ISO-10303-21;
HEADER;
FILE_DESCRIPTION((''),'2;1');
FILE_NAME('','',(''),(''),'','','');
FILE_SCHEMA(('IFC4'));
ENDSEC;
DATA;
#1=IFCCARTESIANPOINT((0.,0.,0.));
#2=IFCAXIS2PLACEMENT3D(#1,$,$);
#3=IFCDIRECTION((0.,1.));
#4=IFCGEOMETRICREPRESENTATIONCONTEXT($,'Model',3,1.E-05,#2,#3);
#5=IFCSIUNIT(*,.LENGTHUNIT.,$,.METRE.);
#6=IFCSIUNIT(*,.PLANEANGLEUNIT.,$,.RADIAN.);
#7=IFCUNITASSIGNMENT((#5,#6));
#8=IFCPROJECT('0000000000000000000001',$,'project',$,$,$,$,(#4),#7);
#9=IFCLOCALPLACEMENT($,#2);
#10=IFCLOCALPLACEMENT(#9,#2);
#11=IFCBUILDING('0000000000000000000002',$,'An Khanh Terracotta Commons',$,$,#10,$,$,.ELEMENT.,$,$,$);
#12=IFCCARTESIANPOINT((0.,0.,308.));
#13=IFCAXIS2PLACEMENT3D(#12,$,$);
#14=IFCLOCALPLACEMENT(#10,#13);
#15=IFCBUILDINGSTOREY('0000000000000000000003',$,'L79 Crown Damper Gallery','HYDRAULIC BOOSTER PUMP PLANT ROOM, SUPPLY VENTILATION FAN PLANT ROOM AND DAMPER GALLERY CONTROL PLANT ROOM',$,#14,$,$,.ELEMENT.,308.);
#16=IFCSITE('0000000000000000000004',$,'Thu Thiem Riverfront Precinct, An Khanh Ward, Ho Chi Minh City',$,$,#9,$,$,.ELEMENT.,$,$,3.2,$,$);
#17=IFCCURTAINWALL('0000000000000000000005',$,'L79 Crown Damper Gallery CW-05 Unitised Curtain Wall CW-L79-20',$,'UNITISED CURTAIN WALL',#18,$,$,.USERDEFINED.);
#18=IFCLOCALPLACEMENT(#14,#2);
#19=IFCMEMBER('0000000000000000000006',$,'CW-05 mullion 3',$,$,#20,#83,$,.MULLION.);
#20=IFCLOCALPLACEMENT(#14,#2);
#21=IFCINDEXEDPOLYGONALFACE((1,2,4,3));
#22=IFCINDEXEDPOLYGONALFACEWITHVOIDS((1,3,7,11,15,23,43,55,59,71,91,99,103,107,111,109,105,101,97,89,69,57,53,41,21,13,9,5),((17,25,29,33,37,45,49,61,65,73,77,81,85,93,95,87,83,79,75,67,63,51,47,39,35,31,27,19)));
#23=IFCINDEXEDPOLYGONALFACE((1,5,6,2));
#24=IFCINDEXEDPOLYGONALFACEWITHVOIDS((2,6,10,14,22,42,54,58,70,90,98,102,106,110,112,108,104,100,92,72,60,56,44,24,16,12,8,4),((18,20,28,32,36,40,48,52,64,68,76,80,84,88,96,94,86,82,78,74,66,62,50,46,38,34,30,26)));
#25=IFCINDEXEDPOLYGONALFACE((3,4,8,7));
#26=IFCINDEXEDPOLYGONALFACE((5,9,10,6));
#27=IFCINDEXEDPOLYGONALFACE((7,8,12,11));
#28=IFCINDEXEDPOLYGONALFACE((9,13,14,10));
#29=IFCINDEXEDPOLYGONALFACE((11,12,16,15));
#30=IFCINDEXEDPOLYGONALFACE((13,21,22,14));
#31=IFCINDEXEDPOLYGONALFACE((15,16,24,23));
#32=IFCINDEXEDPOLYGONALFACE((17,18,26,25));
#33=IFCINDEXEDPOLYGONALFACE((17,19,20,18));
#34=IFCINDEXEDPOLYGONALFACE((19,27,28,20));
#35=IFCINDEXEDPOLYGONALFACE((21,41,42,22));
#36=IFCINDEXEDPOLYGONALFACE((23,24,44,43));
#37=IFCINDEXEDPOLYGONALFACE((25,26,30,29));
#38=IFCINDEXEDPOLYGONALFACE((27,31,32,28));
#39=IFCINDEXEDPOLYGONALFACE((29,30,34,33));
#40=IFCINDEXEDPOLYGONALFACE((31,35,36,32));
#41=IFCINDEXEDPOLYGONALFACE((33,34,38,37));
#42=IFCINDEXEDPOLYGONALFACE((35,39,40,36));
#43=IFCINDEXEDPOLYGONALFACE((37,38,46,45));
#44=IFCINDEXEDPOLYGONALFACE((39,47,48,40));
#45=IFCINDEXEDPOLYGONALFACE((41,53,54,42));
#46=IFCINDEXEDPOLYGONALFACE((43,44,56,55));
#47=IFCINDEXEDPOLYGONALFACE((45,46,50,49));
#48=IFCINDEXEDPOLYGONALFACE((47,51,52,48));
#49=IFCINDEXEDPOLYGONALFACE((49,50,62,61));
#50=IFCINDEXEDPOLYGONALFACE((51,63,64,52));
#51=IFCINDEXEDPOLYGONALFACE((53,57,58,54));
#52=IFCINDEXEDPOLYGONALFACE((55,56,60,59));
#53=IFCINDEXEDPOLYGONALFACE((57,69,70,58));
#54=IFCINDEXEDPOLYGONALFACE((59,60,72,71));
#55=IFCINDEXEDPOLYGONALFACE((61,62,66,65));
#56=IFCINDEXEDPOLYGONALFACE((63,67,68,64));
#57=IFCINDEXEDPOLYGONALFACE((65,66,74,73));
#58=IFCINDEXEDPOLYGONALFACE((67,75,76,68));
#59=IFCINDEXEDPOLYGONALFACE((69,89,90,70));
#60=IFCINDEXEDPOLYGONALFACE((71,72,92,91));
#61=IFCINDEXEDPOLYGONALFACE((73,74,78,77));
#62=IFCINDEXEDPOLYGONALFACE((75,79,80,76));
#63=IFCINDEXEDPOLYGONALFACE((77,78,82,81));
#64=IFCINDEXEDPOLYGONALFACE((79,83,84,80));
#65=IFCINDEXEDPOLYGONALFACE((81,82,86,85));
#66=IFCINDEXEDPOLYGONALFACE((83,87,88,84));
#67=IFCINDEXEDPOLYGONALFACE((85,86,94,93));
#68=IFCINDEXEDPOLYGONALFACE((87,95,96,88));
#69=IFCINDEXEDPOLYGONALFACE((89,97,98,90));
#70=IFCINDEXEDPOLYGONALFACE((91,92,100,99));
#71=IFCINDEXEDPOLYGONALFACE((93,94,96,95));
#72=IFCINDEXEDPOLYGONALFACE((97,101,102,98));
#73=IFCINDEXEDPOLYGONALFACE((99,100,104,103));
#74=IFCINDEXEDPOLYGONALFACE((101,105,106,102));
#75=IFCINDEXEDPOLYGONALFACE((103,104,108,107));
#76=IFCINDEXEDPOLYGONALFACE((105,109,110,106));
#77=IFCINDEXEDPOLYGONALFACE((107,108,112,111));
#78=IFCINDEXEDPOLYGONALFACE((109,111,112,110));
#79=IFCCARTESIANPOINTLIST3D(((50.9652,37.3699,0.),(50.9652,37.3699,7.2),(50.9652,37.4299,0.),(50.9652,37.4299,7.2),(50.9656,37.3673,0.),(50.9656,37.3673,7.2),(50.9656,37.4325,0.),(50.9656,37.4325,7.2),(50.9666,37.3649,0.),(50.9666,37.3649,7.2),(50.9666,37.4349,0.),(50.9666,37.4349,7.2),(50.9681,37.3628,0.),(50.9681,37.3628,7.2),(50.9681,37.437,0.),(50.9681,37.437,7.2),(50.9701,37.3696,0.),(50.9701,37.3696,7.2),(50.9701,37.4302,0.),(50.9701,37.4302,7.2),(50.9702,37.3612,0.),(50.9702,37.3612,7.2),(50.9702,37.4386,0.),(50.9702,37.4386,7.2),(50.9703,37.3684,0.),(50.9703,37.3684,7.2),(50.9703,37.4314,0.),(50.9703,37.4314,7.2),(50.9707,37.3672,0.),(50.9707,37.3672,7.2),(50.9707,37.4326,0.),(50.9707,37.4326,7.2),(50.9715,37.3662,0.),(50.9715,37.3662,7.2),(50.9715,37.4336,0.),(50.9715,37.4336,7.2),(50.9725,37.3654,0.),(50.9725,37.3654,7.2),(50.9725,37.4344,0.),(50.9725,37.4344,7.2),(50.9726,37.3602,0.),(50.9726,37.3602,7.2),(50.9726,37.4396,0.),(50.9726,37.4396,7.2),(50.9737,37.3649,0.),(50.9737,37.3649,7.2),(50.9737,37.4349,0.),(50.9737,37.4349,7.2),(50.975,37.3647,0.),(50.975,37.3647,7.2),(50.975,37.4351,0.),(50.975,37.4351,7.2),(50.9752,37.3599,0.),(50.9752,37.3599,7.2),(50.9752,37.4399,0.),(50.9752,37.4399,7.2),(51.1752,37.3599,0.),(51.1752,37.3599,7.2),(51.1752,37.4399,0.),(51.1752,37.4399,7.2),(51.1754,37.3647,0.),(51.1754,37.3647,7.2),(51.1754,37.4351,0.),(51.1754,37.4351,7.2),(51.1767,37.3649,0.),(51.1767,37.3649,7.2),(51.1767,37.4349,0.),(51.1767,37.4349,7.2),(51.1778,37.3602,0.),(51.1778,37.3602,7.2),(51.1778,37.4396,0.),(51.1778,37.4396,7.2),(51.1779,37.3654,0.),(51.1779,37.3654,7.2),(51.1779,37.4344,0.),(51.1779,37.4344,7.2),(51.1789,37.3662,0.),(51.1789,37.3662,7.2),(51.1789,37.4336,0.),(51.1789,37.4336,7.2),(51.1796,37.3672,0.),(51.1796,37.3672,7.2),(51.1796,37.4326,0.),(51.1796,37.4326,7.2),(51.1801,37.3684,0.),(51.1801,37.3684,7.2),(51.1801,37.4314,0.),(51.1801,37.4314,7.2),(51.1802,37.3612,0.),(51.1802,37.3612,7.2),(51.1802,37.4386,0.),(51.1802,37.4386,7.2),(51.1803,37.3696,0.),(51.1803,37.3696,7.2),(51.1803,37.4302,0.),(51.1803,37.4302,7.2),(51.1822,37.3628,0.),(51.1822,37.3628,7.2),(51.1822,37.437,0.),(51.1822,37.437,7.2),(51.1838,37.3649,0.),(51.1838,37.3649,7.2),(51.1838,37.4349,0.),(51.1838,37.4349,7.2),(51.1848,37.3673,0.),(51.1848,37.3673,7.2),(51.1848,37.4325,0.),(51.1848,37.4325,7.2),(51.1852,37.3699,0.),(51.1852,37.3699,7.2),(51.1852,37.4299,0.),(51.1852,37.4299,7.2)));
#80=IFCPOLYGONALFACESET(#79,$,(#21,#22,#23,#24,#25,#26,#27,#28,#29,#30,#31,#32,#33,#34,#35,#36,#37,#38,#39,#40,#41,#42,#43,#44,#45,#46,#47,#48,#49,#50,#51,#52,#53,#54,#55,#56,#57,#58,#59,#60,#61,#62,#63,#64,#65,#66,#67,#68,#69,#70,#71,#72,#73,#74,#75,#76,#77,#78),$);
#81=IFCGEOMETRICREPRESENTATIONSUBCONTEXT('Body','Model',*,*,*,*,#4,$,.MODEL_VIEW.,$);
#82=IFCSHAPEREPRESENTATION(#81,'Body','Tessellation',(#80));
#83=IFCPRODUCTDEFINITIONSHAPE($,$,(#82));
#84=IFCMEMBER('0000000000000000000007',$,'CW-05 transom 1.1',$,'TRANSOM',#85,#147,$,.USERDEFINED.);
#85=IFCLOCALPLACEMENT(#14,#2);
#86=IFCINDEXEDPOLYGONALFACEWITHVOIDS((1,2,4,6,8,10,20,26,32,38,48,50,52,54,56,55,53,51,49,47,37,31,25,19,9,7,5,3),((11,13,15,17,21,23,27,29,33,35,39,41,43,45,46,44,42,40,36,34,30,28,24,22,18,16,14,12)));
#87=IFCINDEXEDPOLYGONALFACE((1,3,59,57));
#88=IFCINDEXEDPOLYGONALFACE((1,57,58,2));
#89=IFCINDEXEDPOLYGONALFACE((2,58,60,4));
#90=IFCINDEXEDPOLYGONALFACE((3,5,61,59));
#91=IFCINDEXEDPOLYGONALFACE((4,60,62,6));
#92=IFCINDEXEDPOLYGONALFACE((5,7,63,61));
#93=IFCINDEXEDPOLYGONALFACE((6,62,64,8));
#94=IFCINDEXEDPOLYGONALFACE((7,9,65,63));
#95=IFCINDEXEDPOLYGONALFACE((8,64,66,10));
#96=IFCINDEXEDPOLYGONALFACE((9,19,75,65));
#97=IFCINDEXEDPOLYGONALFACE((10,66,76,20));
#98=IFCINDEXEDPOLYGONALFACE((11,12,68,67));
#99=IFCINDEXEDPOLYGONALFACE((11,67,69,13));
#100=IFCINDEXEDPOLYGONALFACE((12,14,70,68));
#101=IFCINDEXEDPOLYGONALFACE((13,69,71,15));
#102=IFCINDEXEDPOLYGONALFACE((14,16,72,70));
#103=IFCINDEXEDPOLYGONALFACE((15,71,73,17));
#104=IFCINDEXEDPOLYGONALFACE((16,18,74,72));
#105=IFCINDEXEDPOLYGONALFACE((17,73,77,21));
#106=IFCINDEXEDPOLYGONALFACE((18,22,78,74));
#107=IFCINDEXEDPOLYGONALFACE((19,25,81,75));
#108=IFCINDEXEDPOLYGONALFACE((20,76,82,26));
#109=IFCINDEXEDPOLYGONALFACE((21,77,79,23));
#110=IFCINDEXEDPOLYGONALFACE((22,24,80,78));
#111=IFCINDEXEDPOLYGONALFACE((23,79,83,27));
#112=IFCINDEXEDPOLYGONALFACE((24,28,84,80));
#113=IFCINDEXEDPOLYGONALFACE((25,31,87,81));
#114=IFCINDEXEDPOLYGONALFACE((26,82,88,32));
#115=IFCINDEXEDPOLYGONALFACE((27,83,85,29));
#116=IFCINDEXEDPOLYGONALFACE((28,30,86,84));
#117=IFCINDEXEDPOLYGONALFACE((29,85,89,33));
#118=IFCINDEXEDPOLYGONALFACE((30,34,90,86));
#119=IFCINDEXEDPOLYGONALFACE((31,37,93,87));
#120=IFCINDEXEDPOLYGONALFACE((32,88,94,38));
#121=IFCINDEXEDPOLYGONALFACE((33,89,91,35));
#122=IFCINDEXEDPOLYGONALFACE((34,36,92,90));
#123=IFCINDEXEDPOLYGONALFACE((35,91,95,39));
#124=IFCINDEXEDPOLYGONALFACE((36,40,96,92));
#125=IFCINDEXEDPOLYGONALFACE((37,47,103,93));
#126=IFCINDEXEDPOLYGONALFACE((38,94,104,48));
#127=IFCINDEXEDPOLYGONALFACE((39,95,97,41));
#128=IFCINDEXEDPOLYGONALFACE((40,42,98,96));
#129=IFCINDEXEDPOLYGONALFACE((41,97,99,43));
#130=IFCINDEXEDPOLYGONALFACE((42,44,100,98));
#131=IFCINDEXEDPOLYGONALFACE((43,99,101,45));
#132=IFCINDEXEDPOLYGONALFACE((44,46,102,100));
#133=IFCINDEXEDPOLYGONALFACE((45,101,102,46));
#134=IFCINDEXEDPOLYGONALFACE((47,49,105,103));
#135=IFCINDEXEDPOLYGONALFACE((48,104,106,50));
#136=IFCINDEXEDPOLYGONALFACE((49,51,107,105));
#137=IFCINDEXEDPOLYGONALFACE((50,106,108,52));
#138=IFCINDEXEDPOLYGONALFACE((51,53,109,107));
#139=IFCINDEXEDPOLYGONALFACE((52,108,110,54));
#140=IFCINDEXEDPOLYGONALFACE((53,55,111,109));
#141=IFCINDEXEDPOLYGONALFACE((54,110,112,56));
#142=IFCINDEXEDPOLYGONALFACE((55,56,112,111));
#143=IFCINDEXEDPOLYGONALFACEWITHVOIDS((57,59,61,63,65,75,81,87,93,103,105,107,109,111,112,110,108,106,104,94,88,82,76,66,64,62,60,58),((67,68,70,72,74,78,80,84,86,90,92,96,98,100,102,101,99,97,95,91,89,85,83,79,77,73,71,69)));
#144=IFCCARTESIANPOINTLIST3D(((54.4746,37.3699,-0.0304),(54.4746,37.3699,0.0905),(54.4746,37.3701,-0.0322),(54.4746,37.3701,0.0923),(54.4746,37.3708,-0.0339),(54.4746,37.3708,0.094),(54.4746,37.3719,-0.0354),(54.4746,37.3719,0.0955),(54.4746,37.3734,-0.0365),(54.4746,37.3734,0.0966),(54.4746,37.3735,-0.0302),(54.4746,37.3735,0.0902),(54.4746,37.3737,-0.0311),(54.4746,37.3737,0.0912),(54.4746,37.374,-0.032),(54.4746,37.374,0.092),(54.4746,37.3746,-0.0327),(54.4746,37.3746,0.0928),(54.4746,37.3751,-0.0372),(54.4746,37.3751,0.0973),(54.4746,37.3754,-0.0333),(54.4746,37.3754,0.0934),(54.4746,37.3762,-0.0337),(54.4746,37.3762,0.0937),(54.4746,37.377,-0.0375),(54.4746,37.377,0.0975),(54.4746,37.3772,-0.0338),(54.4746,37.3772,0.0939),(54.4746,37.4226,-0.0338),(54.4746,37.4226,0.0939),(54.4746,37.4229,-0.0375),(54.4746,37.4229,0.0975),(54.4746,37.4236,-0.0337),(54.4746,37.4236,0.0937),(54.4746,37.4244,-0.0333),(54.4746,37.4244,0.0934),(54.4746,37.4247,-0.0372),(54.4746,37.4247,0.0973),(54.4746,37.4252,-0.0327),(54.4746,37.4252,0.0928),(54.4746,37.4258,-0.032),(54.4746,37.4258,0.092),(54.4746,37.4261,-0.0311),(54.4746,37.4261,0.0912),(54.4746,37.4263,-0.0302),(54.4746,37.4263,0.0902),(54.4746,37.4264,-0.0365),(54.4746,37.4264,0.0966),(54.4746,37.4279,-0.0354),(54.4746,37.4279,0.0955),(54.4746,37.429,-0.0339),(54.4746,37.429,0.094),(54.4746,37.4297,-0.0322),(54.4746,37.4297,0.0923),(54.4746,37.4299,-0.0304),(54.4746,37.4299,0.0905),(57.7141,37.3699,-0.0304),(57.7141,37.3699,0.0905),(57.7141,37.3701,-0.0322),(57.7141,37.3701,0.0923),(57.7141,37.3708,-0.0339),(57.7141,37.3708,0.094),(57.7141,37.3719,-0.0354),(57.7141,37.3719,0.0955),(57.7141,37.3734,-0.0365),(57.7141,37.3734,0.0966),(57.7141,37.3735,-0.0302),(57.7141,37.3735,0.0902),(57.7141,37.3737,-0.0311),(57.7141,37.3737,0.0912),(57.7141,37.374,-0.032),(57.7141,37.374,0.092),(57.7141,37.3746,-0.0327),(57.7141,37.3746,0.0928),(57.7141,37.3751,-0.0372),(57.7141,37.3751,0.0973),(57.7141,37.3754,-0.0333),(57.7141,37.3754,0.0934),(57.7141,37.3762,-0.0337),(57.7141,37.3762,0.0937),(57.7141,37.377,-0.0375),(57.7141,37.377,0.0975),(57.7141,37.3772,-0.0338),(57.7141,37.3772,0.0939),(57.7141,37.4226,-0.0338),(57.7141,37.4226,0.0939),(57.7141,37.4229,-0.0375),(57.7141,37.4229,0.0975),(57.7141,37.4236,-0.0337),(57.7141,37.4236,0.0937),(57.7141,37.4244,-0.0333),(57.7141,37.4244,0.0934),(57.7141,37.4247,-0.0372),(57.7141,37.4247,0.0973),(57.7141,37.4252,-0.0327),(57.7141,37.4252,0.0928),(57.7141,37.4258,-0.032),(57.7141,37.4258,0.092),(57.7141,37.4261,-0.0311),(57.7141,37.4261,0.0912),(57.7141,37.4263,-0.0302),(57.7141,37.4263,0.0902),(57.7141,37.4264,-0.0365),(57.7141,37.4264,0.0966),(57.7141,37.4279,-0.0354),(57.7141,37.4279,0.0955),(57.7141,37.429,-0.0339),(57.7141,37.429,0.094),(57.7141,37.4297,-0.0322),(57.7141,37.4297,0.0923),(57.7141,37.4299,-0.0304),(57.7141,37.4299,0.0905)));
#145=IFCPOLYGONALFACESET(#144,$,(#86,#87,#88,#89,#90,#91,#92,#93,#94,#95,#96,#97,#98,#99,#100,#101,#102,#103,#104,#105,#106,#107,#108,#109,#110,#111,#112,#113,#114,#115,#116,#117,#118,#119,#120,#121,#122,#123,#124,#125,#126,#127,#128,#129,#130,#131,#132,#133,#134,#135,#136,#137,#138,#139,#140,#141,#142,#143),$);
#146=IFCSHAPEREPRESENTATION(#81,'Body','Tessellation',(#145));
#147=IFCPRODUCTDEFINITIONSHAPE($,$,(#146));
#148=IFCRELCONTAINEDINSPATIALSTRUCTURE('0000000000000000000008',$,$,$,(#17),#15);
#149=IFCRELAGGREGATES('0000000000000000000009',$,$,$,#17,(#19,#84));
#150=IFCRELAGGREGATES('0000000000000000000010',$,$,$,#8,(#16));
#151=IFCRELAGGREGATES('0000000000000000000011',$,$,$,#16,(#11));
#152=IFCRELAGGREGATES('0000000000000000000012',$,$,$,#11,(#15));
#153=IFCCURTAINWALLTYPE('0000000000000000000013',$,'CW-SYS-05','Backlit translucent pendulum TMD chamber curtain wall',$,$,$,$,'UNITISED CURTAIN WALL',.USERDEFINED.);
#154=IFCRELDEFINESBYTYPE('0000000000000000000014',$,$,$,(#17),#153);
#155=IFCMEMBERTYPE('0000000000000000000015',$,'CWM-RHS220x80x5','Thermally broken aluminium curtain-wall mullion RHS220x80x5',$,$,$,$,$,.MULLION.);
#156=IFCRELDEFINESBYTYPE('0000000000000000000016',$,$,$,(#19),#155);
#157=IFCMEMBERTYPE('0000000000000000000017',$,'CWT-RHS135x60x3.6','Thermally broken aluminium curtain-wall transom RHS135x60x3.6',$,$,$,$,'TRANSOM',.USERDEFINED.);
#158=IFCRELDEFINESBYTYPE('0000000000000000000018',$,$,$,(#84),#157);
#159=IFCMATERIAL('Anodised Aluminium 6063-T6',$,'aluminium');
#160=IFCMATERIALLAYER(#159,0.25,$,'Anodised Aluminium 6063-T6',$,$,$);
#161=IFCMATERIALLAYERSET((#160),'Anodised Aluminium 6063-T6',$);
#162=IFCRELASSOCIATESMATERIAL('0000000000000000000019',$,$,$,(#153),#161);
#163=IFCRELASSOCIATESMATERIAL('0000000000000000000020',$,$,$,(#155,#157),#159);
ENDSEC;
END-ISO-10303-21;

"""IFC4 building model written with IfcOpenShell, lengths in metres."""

from ifc_helpers import new_model, si_unit, direction, frame, origin, origin_2d, place, context, subcontext, project, spatial, hollow_rectangle, extrude, material, layer, layer_set, material_profile, profile_set, type_object, element, aggregate, save


model = new_model("IFC4")

# Units and contexts
model_context = context("Model", 3, precision=1e-05, world=origin(), true_north=direction((0.0, 1.0)))
body_context = subcontext(model_context, "Body", "Model", "MODEL_VIEW")
ifc_project = project(units=[si_unit("LENGTHUNIT", "METRE"), si_unit("PLANEANGLEUNIT", "RADIAN")], contexts=[model_context])

# Site, building, storey
site_placement = place(None, origin())
site = spatial("IfcSite", under=ifc_project, at=site_placement, Name="Thu Thiem Riverfront Precinct, An Khanh Ward, Ho Chi Minh City", CompositionType="ELEMENT", RefElevation=3.2)
building_placement = place(site_placement, origin())
building = spatial("IfcBuilding", under=site, at=building_placement, Name="An Khanh Terracotta Commons", CompositionType="ELEMENT")
storey_placement = place(building_placement, frame((0.0, 0.0, 308.0)))
storey = spatial("IfcBuildingStorey", under=building, at=storey_placement, Name="L79 Crown Damper Gallery", Description="HYDRAULIC BOOSTER PUMP PLANT ROOM, SUPPLY VENTILATION FAN PLANT ROOM AND DAMPER GALLERY CONTROL PLANT ROOM", CompositionType="ELEMENT", Elevation=308.0)

# Curtain wall, members
ifc_material_1 = material(Name="Anodised Aluminium 6063-T6", Category="aluminium")
ifc_layer_1 = layer(ifc_material_1, 0.25, Name="Anodised Aluminium 6063-T6")
ifc_layer_set_1 = layer_set([ifc_layer_1], Name="Anodised Aluminium 6063-T6")
curtain_wall_type = type_object("IfcCurtainWallType", Name="CW-SYS-05", Description="Backlit translucent pendulum TMD chamber curtain wall", ElementType="UNITISED CURTAIN WALL", PredefinedType="USERDEFINED", material=ifc_layer_set_1)
curtain_wall_placement = place(storey_placement, origin())
curtain_wall = element("IfcCurtainWall", 1, at=curtain_wall_placement, inside=storey, type_object=curtain_wall_type, Name="L79 Crown Damper Gallery CW-05 Unitised Curtain Wall CW-L79-20", ObjectType="UNITISED CURTAIN WALL", PredefinedType="USERDEFINED")
ifc_material_profile_1 = material_profile(ifc_material_1, hollow_rectangle(XDim=0.0801, YDim=0.22, WallThickness=0.0049, InnerFilletRadius=0.0049, OuterFilletRadius=0.01, at=origin_2d()), Name="RHS220x80x5")
ifc_profile_set_1 = profile_set([ifc_material_profile_1], Name="Anodised Aluminium 6063-T6")
member_type_1 = type_object("IfcMemberType", Name="CWM-RHS220x80x5", Description="Thermally broken aluminium curtain-wall mullion RHS220x80x5", PredefinedType="MULLION", material=ifc_profile_set_1)
member_1_placement = place(storey_placement, frame((51.0752, 37.3999, 0.0), z_axis=(0.0, 0.0, 1.0), x_axis=(0.0, -1.0, 0.0)))
member_1 = element("IfcMember", 2, at=member_1_placement, type_object=member_type_1, Name="CW-05 mullion 3", PredefinedType="MULLION", context=body_context, shape_type="SweptSolid", body=[
    extrude(hollow_rectangle(XDim=0.0801, YDim=0.22, WallThickness=0.0049, InnerFilletRadius=0.0049, OuterFilletRadius=0.01, at=origin_2d()), origin(), (0.0, 0.0, 1.0), 7.2),
])
ifc_material_profile_2 = material_profile(ifc_material_1, hollow_rectangle(XDim=0.0601, YDim=0.135, WallThickness=0.0037, InnerFilletRadius=0.0037, OuterFilletRadius=0.0071, at=origin_2d()), Name="RHS135x60x3.6")
ifc_profile_set_2 = profile_set([ifc_material_profile_2], Name="Anodised Aluminium 6063-T6")
member_type_2 = type_object("IfcMemberType", Name="CWT-RHS135x60x3.6", Description="Thermally broken aluminium curtain-wall transom RHS135x60x3.6", ElementType="TRANSOM", PredefinedType="USERDEFINED", material=ifc_profile_set_2)
member_2_placement = place(storey_placement, frame((57.7141, 37.3999, 0.03), z_axis=(-1.0, 0.0, 0.0), x_axis=(0.0, -1.0, 0.0)))
member_2 = element("IfcMember", 3, at=member_2_placement, type_object=member_type_2, Name="CW-05 transom 1.1", ObjectType="TRANSOM", PredefinedType="USERDEFINED", context=body_context, shape_type="SweptSolid", body=[
    extrude(hollow_rectangle(XDim=0.0601, YDim=0.135, WallThickness=0.0037, InnerFilletRadius=0.0037, OuterFilletRadius=0.0071, at=origin_2d()), origin(), (0.0, 0.0, 1.0), 3.2395),
])
aggregate(curtain_wall, [member_1, member_2])

save(model, "model.ifc")
